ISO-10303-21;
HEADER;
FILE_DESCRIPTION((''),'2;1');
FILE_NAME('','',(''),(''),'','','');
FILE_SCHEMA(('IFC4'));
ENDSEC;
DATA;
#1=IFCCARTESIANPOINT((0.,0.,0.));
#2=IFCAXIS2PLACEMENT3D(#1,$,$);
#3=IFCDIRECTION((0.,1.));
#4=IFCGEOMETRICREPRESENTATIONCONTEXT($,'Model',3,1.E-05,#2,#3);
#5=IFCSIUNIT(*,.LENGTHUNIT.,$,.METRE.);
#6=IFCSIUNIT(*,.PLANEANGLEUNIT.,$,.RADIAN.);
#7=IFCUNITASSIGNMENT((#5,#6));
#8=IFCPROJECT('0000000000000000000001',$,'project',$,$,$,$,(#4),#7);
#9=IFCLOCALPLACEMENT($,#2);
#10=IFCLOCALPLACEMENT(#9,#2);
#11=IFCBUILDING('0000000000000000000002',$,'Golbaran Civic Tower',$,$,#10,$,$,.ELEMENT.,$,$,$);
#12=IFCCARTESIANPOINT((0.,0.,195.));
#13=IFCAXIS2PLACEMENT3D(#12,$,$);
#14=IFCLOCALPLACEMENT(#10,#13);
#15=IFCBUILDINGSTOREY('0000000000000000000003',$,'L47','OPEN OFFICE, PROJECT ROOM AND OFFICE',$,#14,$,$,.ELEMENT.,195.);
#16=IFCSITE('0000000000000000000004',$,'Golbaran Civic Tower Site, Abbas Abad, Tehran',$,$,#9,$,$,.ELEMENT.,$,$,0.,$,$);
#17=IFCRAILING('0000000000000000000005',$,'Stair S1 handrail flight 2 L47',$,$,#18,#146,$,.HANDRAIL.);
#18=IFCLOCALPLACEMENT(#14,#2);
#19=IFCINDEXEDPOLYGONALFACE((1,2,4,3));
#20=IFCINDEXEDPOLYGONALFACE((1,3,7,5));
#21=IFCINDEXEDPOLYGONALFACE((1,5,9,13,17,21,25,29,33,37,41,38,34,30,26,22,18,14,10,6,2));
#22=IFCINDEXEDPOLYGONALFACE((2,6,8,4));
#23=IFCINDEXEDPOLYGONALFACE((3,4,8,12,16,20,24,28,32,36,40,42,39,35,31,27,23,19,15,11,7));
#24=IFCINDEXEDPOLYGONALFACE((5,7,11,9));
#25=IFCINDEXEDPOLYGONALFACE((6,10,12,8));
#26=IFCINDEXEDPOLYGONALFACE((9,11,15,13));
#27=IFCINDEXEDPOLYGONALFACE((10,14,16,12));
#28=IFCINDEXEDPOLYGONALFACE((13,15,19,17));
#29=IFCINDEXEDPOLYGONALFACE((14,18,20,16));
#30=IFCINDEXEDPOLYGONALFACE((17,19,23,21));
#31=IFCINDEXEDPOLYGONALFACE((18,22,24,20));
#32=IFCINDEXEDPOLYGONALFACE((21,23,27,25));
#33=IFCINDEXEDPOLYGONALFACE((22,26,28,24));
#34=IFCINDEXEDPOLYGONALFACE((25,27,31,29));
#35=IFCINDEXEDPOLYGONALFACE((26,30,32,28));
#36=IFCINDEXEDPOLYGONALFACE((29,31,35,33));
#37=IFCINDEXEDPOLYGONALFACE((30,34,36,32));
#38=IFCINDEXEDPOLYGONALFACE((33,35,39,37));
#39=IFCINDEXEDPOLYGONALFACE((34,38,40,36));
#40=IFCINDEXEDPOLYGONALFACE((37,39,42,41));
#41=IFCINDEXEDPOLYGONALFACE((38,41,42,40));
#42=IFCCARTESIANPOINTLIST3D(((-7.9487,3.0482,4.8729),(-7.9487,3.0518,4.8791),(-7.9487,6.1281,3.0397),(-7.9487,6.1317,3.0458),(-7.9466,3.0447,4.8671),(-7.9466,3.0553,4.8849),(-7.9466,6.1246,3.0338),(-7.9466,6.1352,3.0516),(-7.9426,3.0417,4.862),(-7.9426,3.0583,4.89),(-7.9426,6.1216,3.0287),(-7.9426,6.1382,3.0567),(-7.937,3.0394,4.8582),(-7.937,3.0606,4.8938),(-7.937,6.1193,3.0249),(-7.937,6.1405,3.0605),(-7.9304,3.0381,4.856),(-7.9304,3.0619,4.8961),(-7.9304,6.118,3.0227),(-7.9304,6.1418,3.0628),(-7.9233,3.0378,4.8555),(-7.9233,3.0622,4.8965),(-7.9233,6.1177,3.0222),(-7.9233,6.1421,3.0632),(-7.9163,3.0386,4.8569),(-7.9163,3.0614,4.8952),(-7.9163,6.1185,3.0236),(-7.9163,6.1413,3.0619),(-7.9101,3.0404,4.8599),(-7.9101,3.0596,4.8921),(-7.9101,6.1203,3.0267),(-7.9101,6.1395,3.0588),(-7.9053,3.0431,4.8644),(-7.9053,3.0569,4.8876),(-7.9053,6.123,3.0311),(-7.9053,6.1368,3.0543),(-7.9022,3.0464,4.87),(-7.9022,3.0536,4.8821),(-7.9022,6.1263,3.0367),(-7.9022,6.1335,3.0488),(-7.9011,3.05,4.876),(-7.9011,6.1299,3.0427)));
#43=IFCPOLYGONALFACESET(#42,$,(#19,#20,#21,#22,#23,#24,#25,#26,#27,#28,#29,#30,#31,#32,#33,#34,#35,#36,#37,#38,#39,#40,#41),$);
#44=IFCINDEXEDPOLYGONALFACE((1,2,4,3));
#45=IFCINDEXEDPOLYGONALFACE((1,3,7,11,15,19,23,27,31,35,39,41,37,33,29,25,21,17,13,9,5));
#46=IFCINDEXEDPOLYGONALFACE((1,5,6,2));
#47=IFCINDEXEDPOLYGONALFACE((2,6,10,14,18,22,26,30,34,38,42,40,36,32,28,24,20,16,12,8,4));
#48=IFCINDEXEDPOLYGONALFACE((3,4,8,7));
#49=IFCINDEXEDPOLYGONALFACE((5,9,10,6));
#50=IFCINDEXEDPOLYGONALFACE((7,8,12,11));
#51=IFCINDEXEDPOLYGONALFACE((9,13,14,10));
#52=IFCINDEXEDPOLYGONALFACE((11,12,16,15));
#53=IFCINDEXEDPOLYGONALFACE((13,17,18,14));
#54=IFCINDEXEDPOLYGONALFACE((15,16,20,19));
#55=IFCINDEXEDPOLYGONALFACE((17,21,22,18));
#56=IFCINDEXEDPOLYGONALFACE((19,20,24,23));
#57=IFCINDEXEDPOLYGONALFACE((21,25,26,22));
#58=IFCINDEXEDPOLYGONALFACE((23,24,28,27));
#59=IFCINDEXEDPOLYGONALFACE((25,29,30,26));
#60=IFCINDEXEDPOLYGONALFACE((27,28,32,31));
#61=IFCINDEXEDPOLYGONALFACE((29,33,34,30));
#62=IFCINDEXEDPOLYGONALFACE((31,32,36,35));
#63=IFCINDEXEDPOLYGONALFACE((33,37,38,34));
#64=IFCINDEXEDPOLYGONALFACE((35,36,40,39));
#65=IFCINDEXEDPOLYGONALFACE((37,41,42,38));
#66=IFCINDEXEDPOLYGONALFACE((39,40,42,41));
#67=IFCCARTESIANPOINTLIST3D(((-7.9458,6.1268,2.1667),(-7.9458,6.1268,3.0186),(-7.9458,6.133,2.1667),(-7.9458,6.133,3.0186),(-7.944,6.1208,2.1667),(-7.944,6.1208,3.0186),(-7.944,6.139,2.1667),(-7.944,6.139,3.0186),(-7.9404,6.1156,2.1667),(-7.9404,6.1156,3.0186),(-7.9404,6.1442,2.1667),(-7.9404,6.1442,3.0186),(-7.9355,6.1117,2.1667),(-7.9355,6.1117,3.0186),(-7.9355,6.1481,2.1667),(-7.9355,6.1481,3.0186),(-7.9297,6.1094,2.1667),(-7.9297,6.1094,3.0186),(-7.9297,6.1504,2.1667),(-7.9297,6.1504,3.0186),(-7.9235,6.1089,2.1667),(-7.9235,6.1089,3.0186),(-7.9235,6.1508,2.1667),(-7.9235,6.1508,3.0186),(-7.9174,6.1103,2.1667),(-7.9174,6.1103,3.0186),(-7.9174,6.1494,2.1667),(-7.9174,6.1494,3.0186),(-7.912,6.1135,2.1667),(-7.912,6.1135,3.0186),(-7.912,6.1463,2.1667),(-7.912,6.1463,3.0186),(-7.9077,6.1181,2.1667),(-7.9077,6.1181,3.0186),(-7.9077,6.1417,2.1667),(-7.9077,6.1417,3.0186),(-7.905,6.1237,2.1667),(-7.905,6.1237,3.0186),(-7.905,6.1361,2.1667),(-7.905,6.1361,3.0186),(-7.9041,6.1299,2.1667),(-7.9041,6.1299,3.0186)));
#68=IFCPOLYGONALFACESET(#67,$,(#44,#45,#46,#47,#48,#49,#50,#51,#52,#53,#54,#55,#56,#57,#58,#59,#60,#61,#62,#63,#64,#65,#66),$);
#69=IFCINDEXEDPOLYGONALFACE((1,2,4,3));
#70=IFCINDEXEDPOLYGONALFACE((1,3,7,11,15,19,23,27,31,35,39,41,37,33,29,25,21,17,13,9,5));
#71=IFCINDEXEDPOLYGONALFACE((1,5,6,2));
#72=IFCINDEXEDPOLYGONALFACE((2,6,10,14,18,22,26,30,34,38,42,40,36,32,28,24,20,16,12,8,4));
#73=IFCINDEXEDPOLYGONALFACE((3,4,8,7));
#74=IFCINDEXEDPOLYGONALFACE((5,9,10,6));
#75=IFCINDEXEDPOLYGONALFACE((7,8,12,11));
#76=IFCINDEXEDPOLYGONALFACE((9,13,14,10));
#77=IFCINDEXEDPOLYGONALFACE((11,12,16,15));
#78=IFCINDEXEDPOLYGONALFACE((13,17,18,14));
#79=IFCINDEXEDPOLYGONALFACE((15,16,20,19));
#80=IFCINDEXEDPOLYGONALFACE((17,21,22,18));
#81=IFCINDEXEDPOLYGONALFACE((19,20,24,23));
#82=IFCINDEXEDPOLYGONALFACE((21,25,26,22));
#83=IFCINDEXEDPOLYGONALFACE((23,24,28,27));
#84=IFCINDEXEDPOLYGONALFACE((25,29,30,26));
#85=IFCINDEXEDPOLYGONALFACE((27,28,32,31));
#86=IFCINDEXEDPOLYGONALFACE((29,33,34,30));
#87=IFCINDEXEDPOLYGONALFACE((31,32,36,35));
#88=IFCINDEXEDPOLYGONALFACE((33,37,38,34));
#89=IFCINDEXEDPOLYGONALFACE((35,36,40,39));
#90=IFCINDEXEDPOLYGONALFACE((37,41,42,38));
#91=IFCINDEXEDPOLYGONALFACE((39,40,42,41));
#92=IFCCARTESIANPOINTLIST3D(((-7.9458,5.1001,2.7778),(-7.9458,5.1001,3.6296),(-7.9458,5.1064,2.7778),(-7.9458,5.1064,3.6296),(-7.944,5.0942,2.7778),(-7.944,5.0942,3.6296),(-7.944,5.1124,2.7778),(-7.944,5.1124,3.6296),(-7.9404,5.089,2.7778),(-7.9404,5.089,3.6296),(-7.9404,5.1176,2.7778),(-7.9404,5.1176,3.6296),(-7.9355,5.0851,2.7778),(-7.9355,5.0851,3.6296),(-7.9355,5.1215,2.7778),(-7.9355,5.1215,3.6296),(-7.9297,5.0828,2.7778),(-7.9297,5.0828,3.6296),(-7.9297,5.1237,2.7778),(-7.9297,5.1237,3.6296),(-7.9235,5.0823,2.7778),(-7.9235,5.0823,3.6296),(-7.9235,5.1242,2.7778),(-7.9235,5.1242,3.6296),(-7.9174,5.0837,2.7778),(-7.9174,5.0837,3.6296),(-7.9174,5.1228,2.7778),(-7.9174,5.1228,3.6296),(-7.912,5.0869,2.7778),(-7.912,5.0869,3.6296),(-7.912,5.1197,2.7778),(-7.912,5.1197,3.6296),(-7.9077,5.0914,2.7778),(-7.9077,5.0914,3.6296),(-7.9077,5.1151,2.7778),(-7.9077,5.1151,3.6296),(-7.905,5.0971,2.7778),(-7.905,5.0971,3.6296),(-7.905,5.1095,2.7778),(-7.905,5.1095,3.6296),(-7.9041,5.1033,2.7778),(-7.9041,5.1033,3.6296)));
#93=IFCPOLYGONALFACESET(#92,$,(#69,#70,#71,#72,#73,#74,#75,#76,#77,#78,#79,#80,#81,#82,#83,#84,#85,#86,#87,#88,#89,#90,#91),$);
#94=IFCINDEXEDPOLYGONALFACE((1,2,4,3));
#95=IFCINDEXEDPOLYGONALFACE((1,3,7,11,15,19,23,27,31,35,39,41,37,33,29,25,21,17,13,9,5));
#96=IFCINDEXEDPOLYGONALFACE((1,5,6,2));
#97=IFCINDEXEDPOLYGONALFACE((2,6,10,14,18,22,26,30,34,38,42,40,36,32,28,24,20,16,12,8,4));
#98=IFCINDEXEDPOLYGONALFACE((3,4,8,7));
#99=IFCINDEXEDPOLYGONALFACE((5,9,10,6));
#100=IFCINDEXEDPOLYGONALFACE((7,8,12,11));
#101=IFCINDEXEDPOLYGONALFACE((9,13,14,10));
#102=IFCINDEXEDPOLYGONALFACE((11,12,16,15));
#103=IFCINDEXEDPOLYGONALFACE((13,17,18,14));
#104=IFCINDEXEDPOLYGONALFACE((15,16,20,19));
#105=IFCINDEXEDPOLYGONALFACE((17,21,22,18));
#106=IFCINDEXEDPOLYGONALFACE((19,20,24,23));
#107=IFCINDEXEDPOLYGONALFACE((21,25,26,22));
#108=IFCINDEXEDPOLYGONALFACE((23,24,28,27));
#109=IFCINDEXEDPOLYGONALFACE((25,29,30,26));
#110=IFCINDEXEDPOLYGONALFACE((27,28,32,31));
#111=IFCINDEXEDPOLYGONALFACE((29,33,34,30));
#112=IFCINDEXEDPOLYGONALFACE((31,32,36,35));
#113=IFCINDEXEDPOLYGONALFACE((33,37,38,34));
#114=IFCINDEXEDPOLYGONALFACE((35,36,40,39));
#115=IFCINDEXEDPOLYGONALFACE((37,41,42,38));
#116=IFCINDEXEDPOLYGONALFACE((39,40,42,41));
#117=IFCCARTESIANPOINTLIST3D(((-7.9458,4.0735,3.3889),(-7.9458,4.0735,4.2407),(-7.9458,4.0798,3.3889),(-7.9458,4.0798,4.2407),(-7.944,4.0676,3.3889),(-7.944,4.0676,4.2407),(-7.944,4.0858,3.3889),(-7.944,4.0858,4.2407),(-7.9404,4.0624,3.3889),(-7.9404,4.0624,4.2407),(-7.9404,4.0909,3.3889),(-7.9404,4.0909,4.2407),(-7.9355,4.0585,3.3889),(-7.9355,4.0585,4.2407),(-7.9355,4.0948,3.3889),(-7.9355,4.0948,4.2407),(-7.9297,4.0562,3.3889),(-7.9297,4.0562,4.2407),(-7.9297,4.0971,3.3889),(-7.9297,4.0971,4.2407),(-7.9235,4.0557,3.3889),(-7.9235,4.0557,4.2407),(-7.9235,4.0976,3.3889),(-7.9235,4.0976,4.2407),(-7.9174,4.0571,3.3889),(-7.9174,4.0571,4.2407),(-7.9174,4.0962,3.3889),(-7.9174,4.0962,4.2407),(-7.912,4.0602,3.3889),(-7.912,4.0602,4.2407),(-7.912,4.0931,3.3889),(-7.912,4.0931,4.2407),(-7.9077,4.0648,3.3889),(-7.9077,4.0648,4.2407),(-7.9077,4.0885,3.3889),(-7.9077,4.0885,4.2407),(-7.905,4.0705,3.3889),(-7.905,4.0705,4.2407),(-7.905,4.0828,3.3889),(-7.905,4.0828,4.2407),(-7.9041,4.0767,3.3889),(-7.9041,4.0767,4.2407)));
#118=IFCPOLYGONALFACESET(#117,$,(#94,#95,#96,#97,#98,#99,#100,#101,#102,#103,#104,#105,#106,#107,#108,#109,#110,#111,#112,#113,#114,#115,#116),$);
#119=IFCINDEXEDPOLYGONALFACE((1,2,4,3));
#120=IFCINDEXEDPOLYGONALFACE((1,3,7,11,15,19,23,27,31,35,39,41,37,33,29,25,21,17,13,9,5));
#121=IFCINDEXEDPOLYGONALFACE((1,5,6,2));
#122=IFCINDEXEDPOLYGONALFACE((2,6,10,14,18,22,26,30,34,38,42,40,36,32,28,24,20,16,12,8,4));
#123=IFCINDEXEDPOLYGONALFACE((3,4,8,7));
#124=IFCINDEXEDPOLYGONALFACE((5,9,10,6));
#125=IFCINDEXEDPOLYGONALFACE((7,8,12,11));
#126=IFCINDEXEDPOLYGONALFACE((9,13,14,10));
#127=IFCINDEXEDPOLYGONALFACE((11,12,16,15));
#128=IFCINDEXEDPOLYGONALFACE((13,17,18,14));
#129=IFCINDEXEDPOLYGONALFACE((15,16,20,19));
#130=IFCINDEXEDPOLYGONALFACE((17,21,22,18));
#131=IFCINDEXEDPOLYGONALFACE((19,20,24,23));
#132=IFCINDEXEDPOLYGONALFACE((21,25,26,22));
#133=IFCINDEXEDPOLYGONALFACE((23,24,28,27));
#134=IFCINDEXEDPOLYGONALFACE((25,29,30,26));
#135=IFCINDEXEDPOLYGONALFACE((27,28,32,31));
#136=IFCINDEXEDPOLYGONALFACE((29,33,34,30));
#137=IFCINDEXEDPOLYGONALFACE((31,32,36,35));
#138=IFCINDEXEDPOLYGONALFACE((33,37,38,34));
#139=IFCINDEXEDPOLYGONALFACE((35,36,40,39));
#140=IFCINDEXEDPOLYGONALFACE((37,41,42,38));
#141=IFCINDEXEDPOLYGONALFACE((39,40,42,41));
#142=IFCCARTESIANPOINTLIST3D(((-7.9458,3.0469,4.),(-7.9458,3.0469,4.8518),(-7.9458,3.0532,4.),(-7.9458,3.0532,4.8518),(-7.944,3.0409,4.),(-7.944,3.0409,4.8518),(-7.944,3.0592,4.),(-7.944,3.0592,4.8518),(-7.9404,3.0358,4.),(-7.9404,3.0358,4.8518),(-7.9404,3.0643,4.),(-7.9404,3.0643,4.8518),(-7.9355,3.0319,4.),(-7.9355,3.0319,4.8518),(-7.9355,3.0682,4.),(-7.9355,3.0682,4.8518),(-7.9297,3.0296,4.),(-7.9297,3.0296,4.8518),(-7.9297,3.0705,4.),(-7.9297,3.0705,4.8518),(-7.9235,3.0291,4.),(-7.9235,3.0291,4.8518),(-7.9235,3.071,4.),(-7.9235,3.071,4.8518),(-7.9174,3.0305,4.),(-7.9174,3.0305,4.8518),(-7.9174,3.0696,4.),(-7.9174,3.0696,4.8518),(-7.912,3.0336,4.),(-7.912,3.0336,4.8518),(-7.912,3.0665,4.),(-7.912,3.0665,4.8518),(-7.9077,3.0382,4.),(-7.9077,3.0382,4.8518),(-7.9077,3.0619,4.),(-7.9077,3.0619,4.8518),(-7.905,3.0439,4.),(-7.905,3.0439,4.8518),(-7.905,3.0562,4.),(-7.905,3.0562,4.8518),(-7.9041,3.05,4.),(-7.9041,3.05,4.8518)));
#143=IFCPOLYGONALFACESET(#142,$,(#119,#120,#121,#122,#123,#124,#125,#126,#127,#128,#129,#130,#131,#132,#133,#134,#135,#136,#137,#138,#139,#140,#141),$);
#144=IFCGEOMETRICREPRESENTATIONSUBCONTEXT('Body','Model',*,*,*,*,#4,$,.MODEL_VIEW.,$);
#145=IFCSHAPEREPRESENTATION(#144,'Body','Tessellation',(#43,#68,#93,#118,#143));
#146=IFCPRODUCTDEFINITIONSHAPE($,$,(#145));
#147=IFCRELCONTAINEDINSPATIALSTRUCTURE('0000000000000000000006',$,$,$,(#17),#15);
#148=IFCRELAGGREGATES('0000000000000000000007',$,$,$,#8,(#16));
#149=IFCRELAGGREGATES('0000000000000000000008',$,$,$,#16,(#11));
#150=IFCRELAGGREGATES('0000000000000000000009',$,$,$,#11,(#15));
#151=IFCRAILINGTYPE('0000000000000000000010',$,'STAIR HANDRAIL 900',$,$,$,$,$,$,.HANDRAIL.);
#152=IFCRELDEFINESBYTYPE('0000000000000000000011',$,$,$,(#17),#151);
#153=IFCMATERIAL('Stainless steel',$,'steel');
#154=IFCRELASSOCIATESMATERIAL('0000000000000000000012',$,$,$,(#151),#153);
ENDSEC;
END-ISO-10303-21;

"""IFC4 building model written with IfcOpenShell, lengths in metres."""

from ifc_helpers import new_model, si_unit, direction, frame, origin, origin_2d, place, context, subcontext, project, spatial, circle, extrude, material, type_object, element, save


model = new_model("IFC4")

# Units and contexts
model_context = context("Model", 3, precision=1e-05, world=origin(), true_north=direction((0.0, 1.0)))
body_context = subcontext(model_context, "Body", "Model", "MODEL_VIEW")
ifc_project = project(units=[si_unit("LENGTHUNIT", "METRE"), si_unit("PLANEANGLEUNIT", "RADIAN")], contexts=[model_context])

# Site, building, storey
site_placement = place(None, origin())
site = spatial("IfcSite", under=ifc_project, at=site_placement, Name="Golbaran Civic Tower Site, Abbas Abad, Tehran", CompositionType="ELEMENT", RefElevation=0.0)
building_placement = place(site_placement, origin())
building = spatial("IfcBuilding", under=site, at=building_placement, Name="Golbaran Civic Tower", CompositionType="ELEMENT")
storey_placement = place(building_placement, frame((0.0, 0.0, 195.0)))
storey = spatial("IfcBuildingStorey", under=building, at=storey_placement, Name="L47", Description="OPEN OFFICE, PROJECT ROOM AND OFFICE", CompositionType="ELEMENT", Elevation=195.0)

# Shared definitions
ifc_material_1 = material(Name="Stainless steel", Category="steel")

# Railing
railing_type = type_object("IfcRailingType", Name="STAIR HANDRAIL 900", PredefinedType="HANDRAIL", material=ifc_material_1)
railing_1_placement = place(storey_placement, frame((-7.925, 6.1299, 2.1667)))
element("IfcRailing", 1, at=railing_1_placement, inside=storey, type_object=railing_type, Name="Stair S1 handrail flight 2 L47", PredefinedType="HANDRAIL", context=body_context, shape_type="SweptSolid", body=[
    extrude(circle(Radius=0.0239, at=origin_2d()), frame((0.0, 0.0, 0.876), z_axis=(0.0, -0.859291, 0.511487), x_axis=(1.0, 0.0, 0.0)), (0.0, 0.0, 1.0), 3.5842),
    extrude(circle(Radius=0.021, at=origin_2d()), origin(), (0.0, 0.0, 1.0), 0.8518),
    extrude(circle(Radius=0.021, at=origin_2d()), frame((0.0, -1.0266, 0.6111)), (0.0, 0.0, 1.0), 0.8518),
    extrude(circle(Radius=0.021, at=origin_2d()), frame((0.0, -2.0532, 1.2222)), (0.0, 0.0, 1.0), 0.8518),
    extrude(circle(Radius=0.021, at=origin_2d()), frame((0.0, -3.0798, 1.8333)), (0.0, 0.0, 1.0), 0.8518),
])

save(model, "model.ifc")
